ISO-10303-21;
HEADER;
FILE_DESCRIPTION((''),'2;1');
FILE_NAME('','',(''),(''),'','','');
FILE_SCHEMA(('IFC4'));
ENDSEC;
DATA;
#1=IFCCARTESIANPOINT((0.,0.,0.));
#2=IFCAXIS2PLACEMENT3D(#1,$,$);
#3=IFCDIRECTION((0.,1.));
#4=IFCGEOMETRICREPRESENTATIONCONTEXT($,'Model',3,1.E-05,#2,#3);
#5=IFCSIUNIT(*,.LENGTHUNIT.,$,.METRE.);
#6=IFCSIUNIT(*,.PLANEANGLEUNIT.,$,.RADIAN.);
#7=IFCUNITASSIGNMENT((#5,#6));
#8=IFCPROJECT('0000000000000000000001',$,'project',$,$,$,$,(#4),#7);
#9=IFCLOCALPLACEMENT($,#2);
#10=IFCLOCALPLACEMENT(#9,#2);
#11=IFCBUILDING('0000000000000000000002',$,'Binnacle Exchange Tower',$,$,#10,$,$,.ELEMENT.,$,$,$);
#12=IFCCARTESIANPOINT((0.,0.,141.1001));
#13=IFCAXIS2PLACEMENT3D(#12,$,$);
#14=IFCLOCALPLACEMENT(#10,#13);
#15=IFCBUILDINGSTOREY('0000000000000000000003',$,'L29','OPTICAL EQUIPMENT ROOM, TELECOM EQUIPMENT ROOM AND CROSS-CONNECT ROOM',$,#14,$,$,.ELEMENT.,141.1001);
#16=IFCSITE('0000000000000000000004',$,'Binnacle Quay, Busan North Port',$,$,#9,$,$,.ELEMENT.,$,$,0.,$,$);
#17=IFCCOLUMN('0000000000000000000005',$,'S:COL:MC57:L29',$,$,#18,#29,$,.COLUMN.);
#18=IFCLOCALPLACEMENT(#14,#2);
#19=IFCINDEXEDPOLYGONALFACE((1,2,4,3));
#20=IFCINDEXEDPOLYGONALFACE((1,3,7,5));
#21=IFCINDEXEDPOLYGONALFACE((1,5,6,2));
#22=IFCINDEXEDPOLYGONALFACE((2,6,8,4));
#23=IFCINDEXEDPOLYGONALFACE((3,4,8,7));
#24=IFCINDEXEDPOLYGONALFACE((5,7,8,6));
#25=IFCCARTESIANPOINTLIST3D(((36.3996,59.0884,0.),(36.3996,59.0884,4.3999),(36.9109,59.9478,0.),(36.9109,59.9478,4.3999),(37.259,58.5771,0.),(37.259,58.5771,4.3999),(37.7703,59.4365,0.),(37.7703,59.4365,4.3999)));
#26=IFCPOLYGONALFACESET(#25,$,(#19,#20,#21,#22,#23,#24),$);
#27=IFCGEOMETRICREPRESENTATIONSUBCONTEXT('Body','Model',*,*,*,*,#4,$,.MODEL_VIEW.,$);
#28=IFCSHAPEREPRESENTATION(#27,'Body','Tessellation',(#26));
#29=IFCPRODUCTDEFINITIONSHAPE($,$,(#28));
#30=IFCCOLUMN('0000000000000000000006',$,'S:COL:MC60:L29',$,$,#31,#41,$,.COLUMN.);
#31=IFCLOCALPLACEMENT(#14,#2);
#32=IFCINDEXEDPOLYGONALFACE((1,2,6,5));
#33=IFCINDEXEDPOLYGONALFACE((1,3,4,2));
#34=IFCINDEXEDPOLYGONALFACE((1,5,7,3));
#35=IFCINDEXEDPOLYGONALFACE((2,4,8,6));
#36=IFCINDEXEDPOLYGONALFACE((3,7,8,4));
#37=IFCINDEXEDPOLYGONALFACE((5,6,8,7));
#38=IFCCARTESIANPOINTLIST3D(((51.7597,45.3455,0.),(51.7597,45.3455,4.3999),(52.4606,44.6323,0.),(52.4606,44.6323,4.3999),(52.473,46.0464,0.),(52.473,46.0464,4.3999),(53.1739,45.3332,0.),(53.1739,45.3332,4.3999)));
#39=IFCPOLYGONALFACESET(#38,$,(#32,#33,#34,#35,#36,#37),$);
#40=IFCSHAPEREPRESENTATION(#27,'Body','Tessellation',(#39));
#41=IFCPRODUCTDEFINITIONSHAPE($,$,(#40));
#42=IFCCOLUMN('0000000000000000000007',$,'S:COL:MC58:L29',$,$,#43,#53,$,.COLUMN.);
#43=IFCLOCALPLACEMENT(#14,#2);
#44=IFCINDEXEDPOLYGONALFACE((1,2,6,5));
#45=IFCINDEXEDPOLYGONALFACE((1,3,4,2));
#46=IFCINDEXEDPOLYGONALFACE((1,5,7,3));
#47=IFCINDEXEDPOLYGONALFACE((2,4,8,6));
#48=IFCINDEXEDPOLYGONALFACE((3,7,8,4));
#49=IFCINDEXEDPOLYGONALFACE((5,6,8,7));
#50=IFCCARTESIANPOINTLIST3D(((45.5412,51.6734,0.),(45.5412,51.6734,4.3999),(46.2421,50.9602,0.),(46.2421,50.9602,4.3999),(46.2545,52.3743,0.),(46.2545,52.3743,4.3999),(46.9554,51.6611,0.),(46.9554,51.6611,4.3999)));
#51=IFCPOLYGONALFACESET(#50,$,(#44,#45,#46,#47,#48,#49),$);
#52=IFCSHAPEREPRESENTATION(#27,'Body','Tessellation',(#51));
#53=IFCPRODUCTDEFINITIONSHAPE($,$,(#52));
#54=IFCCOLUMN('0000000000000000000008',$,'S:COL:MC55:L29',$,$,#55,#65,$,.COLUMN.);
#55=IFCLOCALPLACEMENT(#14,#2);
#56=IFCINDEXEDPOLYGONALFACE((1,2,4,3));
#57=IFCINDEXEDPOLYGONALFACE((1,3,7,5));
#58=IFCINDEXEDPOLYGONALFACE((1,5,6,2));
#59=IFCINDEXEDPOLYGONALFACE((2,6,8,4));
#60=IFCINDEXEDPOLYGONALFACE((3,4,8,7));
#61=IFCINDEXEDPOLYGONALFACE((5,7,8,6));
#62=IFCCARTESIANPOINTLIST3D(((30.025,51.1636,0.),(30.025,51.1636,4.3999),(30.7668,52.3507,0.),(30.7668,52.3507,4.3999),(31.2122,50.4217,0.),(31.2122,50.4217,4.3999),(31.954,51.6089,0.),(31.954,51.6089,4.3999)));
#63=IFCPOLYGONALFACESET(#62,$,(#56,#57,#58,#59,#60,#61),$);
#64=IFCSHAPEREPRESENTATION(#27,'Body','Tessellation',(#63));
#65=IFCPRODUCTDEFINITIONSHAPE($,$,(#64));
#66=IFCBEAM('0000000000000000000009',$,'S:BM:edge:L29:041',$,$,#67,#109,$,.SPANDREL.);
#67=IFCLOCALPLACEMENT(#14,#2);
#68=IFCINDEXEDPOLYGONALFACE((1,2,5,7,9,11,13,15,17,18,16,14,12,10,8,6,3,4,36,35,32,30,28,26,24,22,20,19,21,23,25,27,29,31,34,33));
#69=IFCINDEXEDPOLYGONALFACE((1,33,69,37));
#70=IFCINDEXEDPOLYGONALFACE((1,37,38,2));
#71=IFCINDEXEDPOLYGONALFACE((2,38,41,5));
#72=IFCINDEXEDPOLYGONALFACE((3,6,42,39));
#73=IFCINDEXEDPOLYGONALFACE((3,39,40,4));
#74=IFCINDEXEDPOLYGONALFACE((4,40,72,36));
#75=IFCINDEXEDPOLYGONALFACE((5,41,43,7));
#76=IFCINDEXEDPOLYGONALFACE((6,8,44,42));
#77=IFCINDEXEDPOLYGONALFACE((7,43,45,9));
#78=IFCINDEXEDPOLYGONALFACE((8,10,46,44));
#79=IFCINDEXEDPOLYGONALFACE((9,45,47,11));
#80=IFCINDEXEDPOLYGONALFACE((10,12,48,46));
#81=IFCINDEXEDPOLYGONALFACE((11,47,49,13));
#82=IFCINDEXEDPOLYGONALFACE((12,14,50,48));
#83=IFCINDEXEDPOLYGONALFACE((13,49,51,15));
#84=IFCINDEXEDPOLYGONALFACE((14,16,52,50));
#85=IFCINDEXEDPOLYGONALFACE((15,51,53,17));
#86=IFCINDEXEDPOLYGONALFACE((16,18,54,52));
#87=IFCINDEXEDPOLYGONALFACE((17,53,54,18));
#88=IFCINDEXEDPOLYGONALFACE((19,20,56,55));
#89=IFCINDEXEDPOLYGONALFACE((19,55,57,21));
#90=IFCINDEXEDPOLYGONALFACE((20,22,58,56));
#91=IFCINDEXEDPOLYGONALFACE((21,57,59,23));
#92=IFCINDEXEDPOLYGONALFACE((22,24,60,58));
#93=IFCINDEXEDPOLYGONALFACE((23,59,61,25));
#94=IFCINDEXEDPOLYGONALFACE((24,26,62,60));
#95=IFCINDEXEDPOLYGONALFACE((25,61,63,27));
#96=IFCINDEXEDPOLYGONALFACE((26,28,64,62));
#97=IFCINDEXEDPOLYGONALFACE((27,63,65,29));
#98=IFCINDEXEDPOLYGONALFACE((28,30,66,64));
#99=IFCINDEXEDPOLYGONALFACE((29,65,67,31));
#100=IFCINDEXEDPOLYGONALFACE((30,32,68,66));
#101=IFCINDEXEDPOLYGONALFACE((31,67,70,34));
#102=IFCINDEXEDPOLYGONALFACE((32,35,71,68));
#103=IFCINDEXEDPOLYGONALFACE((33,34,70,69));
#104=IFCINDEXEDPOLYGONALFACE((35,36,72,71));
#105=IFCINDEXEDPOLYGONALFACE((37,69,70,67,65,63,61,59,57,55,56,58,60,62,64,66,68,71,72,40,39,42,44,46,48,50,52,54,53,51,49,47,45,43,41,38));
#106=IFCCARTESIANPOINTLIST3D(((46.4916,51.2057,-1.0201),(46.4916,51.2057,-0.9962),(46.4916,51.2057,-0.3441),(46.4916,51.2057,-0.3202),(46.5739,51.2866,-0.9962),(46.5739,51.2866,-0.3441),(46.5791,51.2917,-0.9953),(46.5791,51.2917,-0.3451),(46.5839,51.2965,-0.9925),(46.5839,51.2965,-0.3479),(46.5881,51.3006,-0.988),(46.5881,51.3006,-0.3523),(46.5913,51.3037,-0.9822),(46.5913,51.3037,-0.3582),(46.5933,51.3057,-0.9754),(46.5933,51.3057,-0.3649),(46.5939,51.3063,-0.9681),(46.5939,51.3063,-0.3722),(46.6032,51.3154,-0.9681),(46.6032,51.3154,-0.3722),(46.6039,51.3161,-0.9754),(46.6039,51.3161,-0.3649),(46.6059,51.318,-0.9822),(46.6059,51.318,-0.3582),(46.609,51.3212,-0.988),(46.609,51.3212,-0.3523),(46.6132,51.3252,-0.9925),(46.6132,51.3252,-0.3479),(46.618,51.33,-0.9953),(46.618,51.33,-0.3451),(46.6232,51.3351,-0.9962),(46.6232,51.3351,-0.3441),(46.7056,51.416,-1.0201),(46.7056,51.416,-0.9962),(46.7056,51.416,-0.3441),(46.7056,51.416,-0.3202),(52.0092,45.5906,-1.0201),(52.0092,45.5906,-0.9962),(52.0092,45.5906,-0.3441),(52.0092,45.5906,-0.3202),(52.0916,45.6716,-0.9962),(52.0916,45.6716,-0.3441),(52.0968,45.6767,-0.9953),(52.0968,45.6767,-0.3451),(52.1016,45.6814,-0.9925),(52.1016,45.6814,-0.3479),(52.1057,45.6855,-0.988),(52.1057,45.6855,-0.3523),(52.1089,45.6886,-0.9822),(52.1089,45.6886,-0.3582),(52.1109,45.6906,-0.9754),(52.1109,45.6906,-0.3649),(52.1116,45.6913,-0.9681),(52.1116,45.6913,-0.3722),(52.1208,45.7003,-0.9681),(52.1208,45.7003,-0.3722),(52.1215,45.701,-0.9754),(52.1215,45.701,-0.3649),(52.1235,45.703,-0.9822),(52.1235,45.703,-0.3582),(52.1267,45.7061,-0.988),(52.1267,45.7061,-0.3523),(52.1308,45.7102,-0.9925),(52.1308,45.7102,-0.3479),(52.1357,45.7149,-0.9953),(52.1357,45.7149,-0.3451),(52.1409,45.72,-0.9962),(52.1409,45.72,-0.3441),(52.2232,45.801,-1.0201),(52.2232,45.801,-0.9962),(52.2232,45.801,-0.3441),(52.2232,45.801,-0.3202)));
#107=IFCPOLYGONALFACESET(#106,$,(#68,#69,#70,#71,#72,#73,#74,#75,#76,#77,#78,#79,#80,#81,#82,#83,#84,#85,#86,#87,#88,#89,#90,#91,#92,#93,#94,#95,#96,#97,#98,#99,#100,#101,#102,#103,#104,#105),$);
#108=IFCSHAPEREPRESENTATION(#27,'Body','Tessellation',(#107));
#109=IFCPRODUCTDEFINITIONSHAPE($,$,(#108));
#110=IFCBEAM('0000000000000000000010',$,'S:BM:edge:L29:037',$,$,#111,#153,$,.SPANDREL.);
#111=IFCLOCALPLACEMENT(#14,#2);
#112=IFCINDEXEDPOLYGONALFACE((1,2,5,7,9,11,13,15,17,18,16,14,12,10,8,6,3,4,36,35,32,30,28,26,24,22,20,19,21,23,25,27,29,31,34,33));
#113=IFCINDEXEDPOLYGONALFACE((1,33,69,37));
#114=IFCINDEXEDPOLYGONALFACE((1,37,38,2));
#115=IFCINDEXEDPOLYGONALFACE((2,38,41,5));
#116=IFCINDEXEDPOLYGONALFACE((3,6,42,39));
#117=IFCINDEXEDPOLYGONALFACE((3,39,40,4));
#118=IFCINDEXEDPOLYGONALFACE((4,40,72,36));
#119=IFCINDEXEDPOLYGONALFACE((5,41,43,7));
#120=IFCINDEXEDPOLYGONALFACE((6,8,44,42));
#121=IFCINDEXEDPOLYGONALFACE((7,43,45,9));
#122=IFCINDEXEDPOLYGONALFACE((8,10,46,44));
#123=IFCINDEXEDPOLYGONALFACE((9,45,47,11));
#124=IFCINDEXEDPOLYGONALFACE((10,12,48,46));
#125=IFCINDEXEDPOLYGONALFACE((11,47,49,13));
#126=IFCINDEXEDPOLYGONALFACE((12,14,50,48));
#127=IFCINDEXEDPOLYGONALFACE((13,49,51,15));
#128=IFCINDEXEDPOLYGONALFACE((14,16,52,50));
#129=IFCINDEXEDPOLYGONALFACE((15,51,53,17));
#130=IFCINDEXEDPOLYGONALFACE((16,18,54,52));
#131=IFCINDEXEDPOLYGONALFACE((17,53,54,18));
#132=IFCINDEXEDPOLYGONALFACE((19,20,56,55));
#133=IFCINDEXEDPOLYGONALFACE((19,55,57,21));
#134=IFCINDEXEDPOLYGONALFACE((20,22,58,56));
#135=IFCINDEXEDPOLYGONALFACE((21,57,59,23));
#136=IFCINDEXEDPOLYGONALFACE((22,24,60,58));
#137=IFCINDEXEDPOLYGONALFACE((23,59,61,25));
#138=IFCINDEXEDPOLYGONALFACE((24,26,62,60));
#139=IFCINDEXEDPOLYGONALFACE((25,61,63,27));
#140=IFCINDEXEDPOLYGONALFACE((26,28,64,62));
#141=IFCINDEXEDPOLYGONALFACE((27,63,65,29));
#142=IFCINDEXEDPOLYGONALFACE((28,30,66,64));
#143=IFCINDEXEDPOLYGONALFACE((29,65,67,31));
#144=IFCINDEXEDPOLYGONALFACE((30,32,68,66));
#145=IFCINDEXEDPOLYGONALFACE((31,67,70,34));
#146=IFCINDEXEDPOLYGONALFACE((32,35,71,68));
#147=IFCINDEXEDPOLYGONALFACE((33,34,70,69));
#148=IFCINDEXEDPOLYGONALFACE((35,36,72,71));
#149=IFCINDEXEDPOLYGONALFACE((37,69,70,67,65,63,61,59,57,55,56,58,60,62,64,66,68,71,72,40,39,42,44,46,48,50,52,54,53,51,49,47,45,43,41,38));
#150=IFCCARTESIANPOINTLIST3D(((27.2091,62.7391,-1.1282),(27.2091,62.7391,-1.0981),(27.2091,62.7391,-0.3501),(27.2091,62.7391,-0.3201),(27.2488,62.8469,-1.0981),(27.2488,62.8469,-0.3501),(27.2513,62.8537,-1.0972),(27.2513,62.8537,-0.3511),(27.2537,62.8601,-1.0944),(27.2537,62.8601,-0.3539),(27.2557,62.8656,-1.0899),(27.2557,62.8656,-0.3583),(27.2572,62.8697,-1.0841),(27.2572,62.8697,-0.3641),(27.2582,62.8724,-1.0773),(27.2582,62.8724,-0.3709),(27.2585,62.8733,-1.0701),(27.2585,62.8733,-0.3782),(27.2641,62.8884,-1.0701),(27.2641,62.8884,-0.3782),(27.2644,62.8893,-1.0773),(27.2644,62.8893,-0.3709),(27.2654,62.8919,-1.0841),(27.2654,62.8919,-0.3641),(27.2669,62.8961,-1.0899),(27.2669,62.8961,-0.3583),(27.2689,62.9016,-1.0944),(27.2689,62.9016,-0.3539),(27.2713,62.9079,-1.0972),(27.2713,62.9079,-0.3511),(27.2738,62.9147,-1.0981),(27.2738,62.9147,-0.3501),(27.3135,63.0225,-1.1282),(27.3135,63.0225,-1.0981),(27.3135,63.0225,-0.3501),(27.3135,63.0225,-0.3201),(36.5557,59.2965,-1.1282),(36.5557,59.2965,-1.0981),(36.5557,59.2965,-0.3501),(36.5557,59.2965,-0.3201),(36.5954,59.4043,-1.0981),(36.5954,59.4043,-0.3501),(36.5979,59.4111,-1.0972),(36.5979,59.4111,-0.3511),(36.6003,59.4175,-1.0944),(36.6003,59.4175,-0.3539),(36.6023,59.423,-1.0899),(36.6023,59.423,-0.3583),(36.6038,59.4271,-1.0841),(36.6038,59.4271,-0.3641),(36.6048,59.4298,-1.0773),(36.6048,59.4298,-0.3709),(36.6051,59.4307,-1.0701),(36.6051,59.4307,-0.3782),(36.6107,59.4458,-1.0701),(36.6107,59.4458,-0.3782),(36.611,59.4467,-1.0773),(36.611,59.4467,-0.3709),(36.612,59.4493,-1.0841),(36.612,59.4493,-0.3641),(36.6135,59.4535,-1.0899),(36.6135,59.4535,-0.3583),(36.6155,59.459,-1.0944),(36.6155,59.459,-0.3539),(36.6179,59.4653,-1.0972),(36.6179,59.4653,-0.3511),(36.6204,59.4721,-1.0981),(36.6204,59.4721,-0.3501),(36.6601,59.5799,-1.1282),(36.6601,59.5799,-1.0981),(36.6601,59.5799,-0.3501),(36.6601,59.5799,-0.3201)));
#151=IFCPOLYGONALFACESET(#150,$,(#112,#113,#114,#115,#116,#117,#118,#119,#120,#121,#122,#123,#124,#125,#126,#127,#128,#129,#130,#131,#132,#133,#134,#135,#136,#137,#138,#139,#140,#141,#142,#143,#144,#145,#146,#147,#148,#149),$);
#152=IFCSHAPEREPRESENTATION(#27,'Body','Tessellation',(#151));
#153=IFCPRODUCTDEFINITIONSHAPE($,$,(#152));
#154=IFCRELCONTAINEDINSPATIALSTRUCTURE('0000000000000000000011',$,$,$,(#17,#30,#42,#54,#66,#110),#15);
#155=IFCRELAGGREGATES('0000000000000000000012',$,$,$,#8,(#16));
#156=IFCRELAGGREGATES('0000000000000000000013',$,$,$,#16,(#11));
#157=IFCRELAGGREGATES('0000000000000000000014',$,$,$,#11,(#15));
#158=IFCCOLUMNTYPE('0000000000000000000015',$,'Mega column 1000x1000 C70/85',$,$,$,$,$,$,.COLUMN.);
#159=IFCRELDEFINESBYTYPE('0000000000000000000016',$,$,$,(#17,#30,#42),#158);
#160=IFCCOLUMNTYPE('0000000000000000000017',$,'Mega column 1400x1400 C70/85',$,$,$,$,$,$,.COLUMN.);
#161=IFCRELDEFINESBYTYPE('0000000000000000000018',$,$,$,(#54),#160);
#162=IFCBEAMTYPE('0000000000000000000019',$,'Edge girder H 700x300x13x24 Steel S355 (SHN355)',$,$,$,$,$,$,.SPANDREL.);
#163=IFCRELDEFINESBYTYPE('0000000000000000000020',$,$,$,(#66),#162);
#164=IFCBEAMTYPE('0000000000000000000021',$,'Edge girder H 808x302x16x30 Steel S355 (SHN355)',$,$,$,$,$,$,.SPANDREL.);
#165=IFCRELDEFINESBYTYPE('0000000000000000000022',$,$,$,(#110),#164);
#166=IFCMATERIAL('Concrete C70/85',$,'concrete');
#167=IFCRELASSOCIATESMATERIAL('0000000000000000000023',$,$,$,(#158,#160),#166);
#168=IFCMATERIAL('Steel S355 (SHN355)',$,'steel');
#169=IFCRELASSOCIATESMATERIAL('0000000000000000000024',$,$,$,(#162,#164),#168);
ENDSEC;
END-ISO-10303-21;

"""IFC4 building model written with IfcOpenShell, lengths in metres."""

from ifc_helpers import new_model, si_unit, direction, frame, origin, origin_2d, place, context, subcontext, project, spatial, rectangle, i_section, extrude, material, material_profile, profile_set, type_object, element, save


model = new_model("IFC4")

# Units and contexts
model_context = context("Model", 3, precision=1e-05, world=origin(), true_north=direction((0.0, 1.0)))
body_context = subcontext(model_context, "Body", "Model", "MODEL_VIEW")
ifc_project = project(units=[si_unit("LENGTHUNIT", "METRE"), si_unit("PLANEANGLEUNIT", "RADIAN")], contexts=[model_context])

# Site, building, storey
site_placement = place(None, origin())
site = spatial("IfcSite", under=ifc_project, at=site_placement, Name="Binnacle Quay, Busan North Port", CompositionType="ELEMENT", RefElevation=0.0)
building_placement = place(site_placement, origin())
building = spatial("IfcBuilding", under=site, at=building_placement, Name="Binnacle Exchange Tower", CompositionType="ELEMENT")
storey_placement = place(building_placement, frame((0.0, 0.0, 141.1001)))
storey = spatial("IfcBuildingStorey", under=building, at=storey_placement, Name="L29", Description="OPTICAL EQUIPMENT ROOM, TELECOM EQUIPMENT ROOM AND CROSS-CONNECT ROOM", CompositionType="ELEMENT", Elevation=141.1001)

# Columns
ifc_material_1 = material(Name="Concrete C70/85", Category="concrete")
ifc_material_profile_1 = material_profile(ifc_material_1, rectangle(XDim=1.0, YDim=1.0, at=origin_2d()), Name="Mega column 1000x1000 C70/85")
ifc_profile_set_1 = profile_set([ifc_material_profile_1], Name="Concrete C70/85")
column_type_1 = type_object("IfcColumnType", Name="Mega column 1000x1000 C70/85", PredefinedType="COLUMN", material=ifc_profile_set_1)
for number, where, z_axis, x_axis, name in (
    (1, (37.085, 59.2625, 0.0), (0.0, 0.0, 1.0), (-0.859406, 0.511293, 0.0), "S:COL:MC57:L29"),
    (2, (52.4668, 45.3394, 0.0), (0.0, 0.0, 1.0), (-0.700909, 0.71325, 0.0), "S:COL:MC60:L29"),
    (3, (46.2483, 51.6672, 0.0), (0.0, 0.0, 1.0), (-0.700909, 0.71325, 0.0), "S:COL:MC58:L29"),
):
    element("IfcColumn", number, at=place(storey_placement, frame(where, z_axis=z_axis, x_axis=x_axis)), inside=storey, type_object=column_type_1, Name=name, PredefinedType="COLUMN", context=body_context, shape_type="SweptSolid", body=[
        extrude(rectangle(XDim=1.0, YDim=1.0, at=origin_2d()), origin(), (0.0, 0.0, 1.0), 4.3999),
    ])
ifc_material_profile_2 = material_profile(ifc_material_1, rectangle(XDim=1.3999, YDim=1.3999, at=origin_2d()), Name="Mega column 1400x1400 C70/85")
ifc_profile_set_2 = profile_set([ifc_material_profile_2], Name="Concrete C70/85")
column_type_2 = type_object("IfcColumnType", Name="Mega column 1400x1400 C70/85", PredefinedType="COLUMN", material=ifc_profile_set_2)
column_placement = place(storey_placement, frame((30.9895, 51.3862, 0.0), z_axis=(0.0, 0.0, 1.0), x_axis=(0.529919, 0.848048, 0.0)))
element("IfcColumn", 4, at=column_placement, inside=storey, type_object=column_type_2, Name="S:COL:MC55:L29", PredefinedType="COLUMN", context=body_context, shape_type="SweptSolid", body=[
    extrude(rectangle(XDim=1.3999, YDim=1.3999, at=origin_2d()), origin(), (0.0, 0.0, 1.0), 4.3999),
])

# Beams
ifc_material_2 = material(Name="Steel S355 (SHN355)", Category="steel")
ifc_material_profile_3 = material_profile(ifc_material_2, i_section(OverallWidth=0.3, OverallDepth=0.7, WebThickness=0.0129, FlangeThickness=0.0239, FilletRadius=0.0281, at=origin_2d()), Name="H 700x300x13x24")
ifc_profile_set_3 = profile_set([ifc_material_profile_3], Name="Steel S355 (SHN355)")
beam_type_1 = type_object("IfcBeamType", Name="Edge girder H 700x300x13x24 Steel S355 (SHN355)", PredefinedType="SPANDREL", material=ifc_profile_set_3)
beam_1_placement = place(storey_placement, frame((52.1162, 45.6958, -0.6702), z_axis=(-0.700893, 0.713267, 0.0), x_axis=(-0.713267, -0.700893, 0.0)))
element("IfcBeam", 5, at=beam_1_placement, inside=storey, type_object=beam_type_1, Name="S:BM:edge:L29:041", PredefinedType="SPANDREL", context=body_context, shape_type="SweptSolid", body=[
    extrude(i_section(OverallWidth=0.3, OverallDepth=0.7, WebThickness=0.0129, FlangeThickness=0.0239, FilletRadius=0.0281, at=origin_2d()), origin(), (0.0, 0.0, 1.0), 7.8723),
])
ifc_material_profile_4 = material_profile(ifc_material_2, i_section(OverallWidth=0.302, OverallDepth=0.8081, WebThickness=0.0161, FlangeThickness=0.03, FilletRadius=0.0281, at=origin_2d()), Name="H 808x302x16x30")
ifc_profile_set_4 = profile_set([ifc_material_profile_4], Name="Steel S355 (SHN355)")
beam_type_2 = type_object("IfcBeamType", Name="Edge girder H 808x302x16x30 Steel S355 (SHN355)", PredefinedType="SPANDREL", material=ifc_profile_set_4)
beam_2_placement = place(storey_placement, frame((36.6079, 59.4382, -0.7241), z_axis=(-0.938372, 0.345627, 0.0), x_axis=(-0.345627, -0.938372, 0.0)))
element("IfcBeam", 6, at=beam_2_placement, inside=storey, type_object=beam_type_2, Name="S:BM:edge:L29:037", PredefinedType="SPANDREL", context=body_context, shape_type="SweptSolid", body=[
    extrude(i_section(OverallWidth=0.302, OverallDepth=0.8081, WebThickness=0.0161, FlangeThickness=0.03, FilletRadius=0.0281, at=origin_2d()), origin(), (0.0, 0.0, 1.0), 9.9604),
])

save(model, "model.ifc")
